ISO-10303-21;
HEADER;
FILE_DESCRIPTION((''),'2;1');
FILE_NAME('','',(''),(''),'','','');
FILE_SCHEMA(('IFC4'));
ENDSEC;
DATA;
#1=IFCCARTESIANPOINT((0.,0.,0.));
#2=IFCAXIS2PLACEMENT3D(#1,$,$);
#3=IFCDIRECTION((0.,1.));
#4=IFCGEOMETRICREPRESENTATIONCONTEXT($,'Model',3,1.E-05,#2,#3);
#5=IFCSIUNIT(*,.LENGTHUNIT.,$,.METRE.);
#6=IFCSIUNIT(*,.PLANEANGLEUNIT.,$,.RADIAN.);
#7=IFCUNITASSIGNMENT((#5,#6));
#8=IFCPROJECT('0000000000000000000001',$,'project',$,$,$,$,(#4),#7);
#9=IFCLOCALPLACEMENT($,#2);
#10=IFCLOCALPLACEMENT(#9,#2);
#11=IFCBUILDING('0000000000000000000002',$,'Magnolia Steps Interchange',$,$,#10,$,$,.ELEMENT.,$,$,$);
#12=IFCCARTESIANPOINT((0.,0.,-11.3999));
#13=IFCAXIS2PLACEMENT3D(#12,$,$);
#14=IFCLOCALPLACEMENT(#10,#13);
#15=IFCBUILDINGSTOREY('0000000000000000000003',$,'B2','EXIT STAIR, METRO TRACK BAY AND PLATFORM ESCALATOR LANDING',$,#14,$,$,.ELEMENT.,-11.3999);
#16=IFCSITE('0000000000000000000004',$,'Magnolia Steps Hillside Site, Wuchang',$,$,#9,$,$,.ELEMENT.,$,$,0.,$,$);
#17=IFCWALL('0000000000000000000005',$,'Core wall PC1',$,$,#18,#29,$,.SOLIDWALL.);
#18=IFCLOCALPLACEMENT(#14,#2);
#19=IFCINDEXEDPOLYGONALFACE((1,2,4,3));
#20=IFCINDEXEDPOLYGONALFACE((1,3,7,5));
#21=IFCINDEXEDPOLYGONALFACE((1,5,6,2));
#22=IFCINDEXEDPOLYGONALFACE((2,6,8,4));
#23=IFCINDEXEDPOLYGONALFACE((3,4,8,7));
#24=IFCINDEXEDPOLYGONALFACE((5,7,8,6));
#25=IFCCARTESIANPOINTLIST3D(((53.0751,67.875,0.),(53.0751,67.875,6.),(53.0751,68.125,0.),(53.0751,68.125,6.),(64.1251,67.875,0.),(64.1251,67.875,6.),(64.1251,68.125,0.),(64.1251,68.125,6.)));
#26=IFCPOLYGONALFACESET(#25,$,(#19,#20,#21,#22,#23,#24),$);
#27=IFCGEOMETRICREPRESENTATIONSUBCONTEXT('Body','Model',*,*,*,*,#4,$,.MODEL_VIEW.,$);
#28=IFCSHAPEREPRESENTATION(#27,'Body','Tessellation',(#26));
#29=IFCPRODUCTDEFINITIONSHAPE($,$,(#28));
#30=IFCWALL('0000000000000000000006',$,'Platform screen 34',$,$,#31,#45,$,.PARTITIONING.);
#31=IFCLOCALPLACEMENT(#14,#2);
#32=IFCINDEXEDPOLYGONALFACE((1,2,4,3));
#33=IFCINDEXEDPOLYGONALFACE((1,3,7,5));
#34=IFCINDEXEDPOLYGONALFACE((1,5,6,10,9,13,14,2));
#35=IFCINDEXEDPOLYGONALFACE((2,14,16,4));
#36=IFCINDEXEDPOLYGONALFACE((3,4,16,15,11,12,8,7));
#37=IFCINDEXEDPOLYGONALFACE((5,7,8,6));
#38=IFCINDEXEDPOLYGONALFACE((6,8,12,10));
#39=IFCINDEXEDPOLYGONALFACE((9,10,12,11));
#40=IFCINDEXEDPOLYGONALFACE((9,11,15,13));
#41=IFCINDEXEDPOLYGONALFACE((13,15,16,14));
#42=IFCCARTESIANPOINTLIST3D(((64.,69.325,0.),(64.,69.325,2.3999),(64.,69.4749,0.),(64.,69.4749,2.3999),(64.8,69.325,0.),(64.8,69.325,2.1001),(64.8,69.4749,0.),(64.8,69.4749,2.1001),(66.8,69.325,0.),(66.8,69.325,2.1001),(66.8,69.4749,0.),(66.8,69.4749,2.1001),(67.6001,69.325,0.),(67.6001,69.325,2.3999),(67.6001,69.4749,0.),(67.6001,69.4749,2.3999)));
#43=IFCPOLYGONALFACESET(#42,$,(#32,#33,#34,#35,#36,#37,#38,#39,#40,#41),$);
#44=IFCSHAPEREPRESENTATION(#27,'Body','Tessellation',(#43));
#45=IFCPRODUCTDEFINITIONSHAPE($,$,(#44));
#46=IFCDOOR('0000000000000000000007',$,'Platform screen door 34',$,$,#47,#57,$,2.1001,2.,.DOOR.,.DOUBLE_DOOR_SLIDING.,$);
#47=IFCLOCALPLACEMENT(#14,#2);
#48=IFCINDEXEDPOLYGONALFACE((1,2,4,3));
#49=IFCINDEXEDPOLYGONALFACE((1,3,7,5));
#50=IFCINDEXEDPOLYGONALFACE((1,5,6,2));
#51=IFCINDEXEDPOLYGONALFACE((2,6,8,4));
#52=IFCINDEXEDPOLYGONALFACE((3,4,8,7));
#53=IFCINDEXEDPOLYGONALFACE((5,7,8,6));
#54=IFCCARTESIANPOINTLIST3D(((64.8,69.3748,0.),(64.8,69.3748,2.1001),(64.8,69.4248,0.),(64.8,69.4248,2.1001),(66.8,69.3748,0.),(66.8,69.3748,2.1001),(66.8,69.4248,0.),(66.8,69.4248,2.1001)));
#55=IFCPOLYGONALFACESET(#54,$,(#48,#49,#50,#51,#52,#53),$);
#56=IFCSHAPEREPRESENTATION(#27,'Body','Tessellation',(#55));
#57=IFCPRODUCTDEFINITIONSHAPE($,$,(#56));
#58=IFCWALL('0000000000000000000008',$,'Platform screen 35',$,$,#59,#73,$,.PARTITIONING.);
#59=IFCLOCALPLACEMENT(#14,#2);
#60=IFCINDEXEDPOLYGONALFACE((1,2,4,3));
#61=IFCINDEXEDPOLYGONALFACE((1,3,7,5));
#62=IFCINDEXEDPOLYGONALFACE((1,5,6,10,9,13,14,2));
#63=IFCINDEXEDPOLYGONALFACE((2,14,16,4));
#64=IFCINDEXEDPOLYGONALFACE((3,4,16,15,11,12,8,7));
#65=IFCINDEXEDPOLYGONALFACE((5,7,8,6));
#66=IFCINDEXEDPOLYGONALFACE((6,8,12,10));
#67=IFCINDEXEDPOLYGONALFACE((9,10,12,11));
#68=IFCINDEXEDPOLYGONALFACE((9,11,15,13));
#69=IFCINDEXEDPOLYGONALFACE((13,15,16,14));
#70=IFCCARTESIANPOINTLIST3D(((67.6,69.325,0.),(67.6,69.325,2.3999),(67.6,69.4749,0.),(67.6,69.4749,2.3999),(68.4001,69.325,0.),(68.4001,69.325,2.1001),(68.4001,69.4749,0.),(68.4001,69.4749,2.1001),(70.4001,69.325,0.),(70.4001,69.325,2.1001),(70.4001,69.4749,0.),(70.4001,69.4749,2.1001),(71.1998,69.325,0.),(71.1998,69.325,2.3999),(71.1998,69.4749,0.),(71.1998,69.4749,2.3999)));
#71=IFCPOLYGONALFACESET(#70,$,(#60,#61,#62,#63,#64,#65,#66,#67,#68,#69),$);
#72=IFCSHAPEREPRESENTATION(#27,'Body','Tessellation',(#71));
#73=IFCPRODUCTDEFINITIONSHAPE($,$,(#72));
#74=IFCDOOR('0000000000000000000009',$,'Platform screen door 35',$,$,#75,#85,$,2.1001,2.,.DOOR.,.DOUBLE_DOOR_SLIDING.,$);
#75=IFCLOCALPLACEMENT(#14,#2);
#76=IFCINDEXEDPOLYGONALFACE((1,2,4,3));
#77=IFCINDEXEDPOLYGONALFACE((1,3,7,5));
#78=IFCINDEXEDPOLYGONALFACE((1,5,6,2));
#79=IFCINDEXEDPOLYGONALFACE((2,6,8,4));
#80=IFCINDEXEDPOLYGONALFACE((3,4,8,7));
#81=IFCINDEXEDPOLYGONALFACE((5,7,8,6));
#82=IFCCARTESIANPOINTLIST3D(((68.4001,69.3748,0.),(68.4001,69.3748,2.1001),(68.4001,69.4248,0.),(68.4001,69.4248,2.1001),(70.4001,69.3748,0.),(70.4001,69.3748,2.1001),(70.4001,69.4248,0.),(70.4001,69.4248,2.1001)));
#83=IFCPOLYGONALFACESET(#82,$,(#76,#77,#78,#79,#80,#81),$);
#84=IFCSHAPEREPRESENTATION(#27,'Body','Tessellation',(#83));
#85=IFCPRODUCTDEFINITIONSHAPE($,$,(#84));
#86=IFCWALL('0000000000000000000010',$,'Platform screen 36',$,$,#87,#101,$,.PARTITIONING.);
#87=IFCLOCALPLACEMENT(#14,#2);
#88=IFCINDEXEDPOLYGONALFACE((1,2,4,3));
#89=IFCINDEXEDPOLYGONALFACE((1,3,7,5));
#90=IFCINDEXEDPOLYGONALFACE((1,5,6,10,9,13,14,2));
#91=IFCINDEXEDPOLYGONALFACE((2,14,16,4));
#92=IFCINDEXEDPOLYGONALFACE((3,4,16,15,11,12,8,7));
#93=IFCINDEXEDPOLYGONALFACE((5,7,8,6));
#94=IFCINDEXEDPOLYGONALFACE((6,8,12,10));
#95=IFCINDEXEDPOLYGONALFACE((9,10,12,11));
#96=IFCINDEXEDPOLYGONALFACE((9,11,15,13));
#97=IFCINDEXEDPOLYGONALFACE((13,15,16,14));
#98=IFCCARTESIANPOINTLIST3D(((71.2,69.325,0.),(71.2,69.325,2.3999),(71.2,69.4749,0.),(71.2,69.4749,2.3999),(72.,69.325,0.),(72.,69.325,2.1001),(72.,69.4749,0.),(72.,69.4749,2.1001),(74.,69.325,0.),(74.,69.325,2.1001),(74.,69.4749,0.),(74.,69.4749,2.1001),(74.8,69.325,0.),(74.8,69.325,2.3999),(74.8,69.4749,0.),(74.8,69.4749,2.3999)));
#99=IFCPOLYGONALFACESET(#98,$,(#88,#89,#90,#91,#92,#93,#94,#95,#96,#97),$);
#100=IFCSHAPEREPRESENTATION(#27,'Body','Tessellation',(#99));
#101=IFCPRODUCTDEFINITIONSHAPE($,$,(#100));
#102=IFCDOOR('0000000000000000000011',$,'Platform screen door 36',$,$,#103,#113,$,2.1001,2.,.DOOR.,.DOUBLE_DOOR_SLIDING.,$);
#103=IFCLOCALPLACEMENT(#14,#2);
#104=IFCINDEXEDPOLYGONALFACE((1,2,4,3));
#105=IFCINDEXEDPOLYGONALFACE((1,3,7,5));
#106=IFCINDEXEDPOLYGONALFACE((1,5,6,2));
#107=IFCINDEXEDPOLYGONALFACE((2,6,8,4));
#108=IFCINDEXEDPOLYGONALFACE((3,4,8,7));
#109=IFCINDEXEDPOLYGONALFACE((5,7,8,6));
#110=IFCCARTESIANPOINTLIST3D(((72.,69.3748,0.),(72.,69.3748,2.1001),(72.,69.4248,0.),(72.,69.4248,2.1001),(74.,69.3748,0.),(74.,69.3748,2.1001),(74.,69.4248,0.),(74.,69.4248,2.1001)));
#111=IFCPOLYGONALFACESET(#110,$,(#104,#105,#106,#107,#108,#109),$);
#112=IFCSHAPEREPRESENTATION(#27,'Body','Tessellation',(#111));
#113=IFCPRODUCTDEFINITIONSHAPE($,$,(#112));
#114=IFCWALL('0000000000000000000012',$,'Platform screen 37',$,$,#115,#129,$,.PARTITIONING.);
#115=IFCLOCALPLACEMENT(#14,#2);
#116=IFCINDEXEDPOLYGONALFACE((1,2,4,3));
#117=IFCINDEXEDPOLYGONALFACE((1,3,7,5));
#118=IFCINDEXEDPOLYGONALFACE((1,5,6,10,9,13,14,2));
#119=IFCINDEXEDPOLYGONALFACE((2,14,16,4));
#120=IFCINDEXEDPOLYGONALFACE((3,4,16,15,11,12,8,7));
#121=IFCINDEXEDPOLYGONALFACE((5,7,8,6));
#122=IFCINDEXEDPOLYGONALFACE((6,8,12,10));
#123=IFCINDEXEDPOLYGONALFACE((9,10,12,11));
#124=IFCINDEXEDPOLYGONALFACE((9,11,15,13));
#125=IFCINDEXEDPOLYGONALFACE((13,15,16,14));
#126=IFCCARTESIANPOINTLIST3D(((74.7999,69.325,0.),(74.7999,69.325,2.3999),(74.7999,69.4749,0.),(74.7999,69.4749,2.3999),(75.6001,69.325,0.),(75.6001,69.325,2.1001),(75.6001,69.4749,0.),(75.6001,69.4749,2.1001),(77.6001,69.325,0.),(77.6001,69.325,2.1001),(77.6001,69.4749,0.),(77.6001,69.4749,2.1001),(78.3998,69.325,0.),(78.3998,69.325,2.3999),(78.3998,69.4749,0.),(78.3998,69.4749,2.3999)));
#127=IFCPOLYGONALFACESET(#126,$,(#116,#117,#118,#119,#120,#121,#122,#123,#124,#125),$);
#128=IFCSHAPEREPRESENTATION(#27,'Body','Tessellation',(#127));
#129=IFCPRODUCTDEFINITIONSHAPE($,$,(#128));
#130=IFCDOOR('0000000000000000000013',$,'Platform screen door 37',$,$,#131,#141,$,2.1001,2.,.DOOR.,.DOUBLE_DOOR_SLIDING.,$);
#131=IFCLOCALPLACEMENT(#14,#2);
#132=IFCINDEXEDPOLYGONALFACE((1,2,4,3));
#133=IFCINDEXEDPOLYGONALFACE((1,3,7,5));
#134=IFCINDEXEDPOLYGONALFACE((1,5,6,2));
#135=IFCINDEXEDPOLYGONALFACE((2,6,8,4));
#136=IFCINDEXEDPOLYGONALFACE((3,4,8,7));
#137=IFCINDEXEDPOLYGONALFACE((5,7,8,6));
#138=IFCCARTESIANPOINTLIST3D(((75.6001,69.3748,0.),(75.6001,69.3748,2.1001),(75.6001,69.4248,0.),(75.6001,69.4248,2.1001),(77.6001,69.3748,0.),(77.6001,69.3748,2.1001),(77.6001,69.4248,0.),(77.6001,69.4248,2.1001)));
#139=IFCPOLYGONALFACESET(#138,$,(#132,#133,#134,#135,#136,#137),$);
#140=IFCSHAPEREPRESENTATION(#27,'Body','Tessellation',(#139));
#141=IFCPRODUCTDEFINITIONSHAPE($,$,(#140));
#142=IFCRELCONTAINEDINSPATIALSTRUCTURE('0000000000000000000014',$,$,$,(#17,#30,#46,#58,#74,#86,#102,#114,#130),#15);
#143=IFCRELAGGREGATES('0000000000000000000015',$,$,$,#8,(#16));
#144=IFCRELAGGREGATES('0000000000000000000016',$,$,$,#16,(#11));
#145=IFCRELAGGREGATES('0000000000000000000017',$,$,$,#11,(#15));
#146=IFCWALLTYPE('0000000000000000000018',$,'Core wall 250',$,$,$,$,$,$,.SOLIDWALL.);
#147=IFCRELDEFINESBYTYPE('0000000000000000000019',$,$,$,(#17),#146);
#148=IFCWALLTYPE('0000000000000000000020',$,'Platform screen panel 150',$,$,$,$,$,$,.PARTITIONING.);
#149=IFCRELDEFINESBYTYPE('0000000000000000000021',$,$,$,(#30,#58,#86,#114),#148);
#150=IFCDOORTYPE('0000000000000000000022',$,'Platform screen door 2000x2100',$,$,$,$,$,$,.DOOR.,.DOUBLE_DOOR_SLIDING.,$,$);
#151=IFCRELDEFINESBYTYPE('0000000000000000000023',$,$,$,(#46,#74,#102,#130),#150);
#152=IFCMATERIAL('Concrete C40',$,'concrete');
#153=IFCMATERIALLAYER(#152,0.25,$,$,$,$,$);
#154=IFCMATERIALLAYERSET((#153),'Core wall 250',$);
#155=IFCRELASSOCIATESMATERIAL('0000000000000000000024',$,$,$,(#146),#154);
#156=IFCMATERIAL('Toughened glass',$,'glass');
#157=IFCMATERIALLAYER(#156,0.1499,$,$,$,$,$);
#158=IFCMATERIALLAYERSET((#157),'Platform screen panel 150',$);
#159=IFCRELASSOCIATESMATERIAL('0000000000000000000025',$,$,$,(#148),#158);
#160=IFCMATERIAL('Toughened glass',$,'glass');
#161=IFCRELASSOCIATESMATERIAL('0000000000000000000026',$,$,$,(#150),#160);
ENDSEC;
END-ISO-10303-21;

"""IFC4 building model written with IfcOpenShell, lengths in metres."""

from ifc_helpers import new_model, si_unit, direction, frame, frame_2d, origin, place, context, subcontext, project, spatial, rectangle, extrude, material, layer, layer_set, type_object, element, fill, save


model = new_model("IFC4")

# Units and contexts
model_context = context("Model", 3, precision=1e-05, world=origin(), true_north=direction((0.0, 1.0)))
body_context = subcontext(model_context, "Body", "Model", "MODEL_VIEW")
ifc_project = project(units=[si_unit("LENGTHUNIT", "METRE"), si_unit("PLANEANGLEUNIT", "RADIAN")], contexts=[model_context])

# Site, building, storey
site_placement = place(None, origin())
site = spatial("IfcSite", under=ifc_project, at=site_placement, Name="Magnolia Steps Hillside Site, Wuchang", CompositionType="ELEMENT", RefElevation=0.0)
building_placement = place(site_placement, origin())
building = spatial("IfcBuilding", under=site, at=building_placement, Name="Magnolia Steps Interchange", CompositionType="ELEMENT")
storey_placement = place(building_placement, frame((0.0, 0.0, -11.3999)))
storey = spatial("IfcBuildingStorey", under=building, at=storey_placement, Name="B2", Description="EXIT STAIR, METRO TRACK BAY AND PLATFORM ESCALATOR LANDING", CompositionType="ELEMENT", Elevation=-11.3999)

# Shared definitions
ifc_material_1 = material(Name="Concrete C40", Category="concrete")
ifc_layer_1 = layer(ifc_material_1, 0.25)
ifc_layer_set_1 = layer_set([ifc_layer_1], Name="Core wall 250")
wall_type_1 = type_object("IfcWallType", Name="Core wall 250", PredefinedType="SOLIDWALL", material=ifc_layer_set_1)

# Wall
wall_1_placement = place(storey_placement, frame((64.125, 68.0, 0.0), z_axis=(0.0, 0.0, 1.0), x_axis=(-1.0, 0.0, 0.0)))
element("IfcWall", 1, at=wall_1_placement, inside=storey, type_object=wall_type_1, Name="Core wall PC1", PredefinedType="SOLIDWALL", context=body_context, shape_type="SweptSolid", body=[
    extrude(rectangle(XDim=11.05, YDim=0.25, at=frame_2d((5.5249, 0.0))), origin(), (0.0, 0.0, 1.0), 6.0),
])

# Walls, openings, doors
ifc_material_2 = material(Name="Toughened glass", Category="glass")
ifc_layer_2 = layer(ifc_material_2, 0.1499)
ifc_layer_set_2 = layer_set([ifc_layer_2], Name="Platform screen panel 150")
wall_type_2 = type_object("IfcWallType", Name="Platform screen panel 150", PredefinedType="PARTITIONING", material=ifc_layer_set_2)
wall_2_placement = place(storey_placement, frame((64.0, 69.3999, 0.0), z_axis=(0.0, 0.0, 1.0), x_axis=(1.0, 0.0, 0.0)))
wall_2 = element("IfcWall", 2, at=wall_2_placement, inside=storey, type_object=wall_type_2, Name="Platform screen 34", PredefinedType="PARTITIONING", context=body_context, shape_type="SweptSolid", body=[
    extrude(rectangle(XDim=3.6001, YDim=0.1499, at=frame_2d((1.8, 0.0))), origin(), (0.0, 0.0, 1.0), 2.3999),
])
opening_1_placement = place(wall_2_placement, frame((0.8, 0.0, 0.0)))
opening_1 = element("IfcOpeningElement", 3, at=opening_1_placement, cuts=wall_2, PredefinedType="OPENING", context=body_context, shape_type="SweptSolid", body=[
    extrude(rectangle(XDim=2.0, YDim=2.1001, at=frame_2d((1.0, 1.05))), frame((0.0, 0.085, 0.0), z_axis=(0.0, -1.0, 0.0), x_axis=(1.0, 0.0, 0.0)), (0.0, 0.0, 1.0), 0.1699),
])
ifc_material_3 = material(Name="Toughened glass", Category="glass")
door_type_1 = type_object("IfcDoorType", Name="Platform screen door 2000x2100", OperationType="DOUBLE_DOOR_SLIDING", PredefinedType="DOOR", material=ifc_material_3)
door_1_placement = place(opening_1_placement, origin())
door_1 = element("IfcDoor", 4, at=door_1_placement, inside=storey, type_object=door_type_1, Name="Platform screen door 34", OperationType="DOUBLE_DOOR_SLIDING", OverallHeight=2.1001, OverallWidth=2.0, PredefinedType="DOOR", context=body_context, shape_type="SweptSolid", body=[
    extrude(rectangle(XDim=2.0, YDim=2.1001, at=frame_2d((1.0, 1.05))), frame((0.0, 0.0249, 0.0), z_axis=(0.0, -1.0, 0.0), x_axis=(1.0, 0.0, 0.0)), (0.0, 0.0, 1.0), 0.05),
])
fill(opening_1, door_1)
wall_3_placement = place(storey_placement, frame((67.6001, 69.3999, 0.0), z_axis=(0.0, 0.0, 1.0), x_axis=(1.0, 0.0, 0.0)))
wall_3 = element("IfcWall", 5, at=wall_3_placement, inside=storey, type_object=wall_type_2, Name="Platform screen 35", PredefinedType="PARTITIONING", context=body_context, shape_type="SweptSolid", body=[
    extrude(rectangle(XDim=3.5999, YDim=0.1499, at=frame_2d((1.7998, 0.0))), origin(), (0.0, 0.0, 1.0), 2.3999),
])
opening_2_placement = place(wall_3_placement, frame((0.8, 0.0, 0.0)))
opening_2 = element("IfcOpeningElement", 6, at=opening_2_placement, cuts=wall_3, PredefinedType="OPENING", context=body_context, shape_type="SweptSolid", body=[
    extrude(rectangle(XDim=2.0, YDim=2.1001, at=frame_2d((1.0, 1.05))), frame((0.0, 0.085, 0.0), z_axis=(0.0, -1.0, 0.0), x_axis=(1.0, 0.0, 0.0)), (0.0, 0.0, 1.0), 0.1699),
])
door_2_placement = place(opening_2_placement, origin())
door_2 = element("IfcDoor", 7, at=door_2_placement, inside=storey, type_object=door_type_1, Name="Platform screen door 35", OperationType="DOUBLE_DOOR_SLIDING", OverallHeight=2.1001, OverallWidth=2.0, PredefinedType="DOOR", context=body_context, shape_type="SweptSolid", body=[
    extrude(rectangle(XDim=2.0, YDim=2.1001, at=frame_2d((1.0, 1.05))), frame((0.0, 0.0249, 0.0), z_axis=(0.0, -1.0, 0.0), x_axis=(1.0, 0.0, 0.0)), (0.0, 0.0, 1.0), 0.05),
])
fill(opening_2, door_2)
wall_4_placement = place(storey_placement, frame((71.2, 69.3999, 0.0), z_axis=(0.0, 0.0, 1.0), x_axis=(1.0, 0.0, 0.0)))
wall_4 = element("IfcWall", 8, at=wall_4_placement, inside=storey, type_object=wall_type_2, Name="Platform screen 36", PredefinedType="PARTITIONING", context=body_context, shape_type="SweptSolid", body=[
    extrude(rectangle(XDim=3.6001, YDim=0.1499, at=frame_2d((1.8, 0.0))), origin(), (0.0, 0.0, 1.0), 2.3999),
])
opening_3_placement = place(wall_4_placement, frame((0.8, 0.0, 0.0)))
opening_3 = element("IfcOpeningElement", 9, at=opening_3_placement, cuts=wall_4, PredefinedType="OPENING", context=body_context, shape_type="SweptSolid", body=[
    extrude(rectangle(XDim=2.0, YDim=2.1001, at=frame_2d((1.0, 1.05))), frame((0.0, 0.085, 0.0), z_axis=(0.0, -1.0, 0.0), x_axis=(1.0, 0.0, 0.0)), (0.0, 0.0, 1.0), 0.1699),
])
door_3_placement = place(opening_3_placement, origin())
door_3 = element("IfcDoor", 10, at=door_3_placement, inside=storey, type_object=door_type_1, Name="Platform screen door 36", OperationType="DOUBLE_DOOR_SLIDING", OverallHeight=2.1001, OverallWidth=2.0, PredefinedType="DOOR", context=body_context, shape_type="SweptSolid", body=[
    extrude(rectangle(XDim=2.0, YDim=2.1001, at=frame_2d((1.0, 1.05))), frame((0.0, 0.0249, 0.0), z_axis=(0.0, -1.0, 0.0), x_axis=(1.0, 0.0, 0.0)), (0.0, 0.0, 1.0), 0.05),
])
fill(opening_3, door_3)
wall_5_placement = place(storey_placement, frame((74.8, 69.3999, 0.0), z_axis=(0.0, 0.0, 1.0), x_axis=(1.0, 0.0, 0.0)))
wall_5 = element("IfcWall", 11, at=wall_5_placement, inside=storey, type_object=wall_type_2, Name="Platform screen 37", PredefinedType="PARTITIONING", context=body_context, shape_type="SweptSolid", body=[
    extrude(rectangle(XDim=3.5999, YDim=0.1499, at=frame_2d((1.7998, 0.0))), origin(), (0.0, 0.0, 1.0), 2.3999),
])
opening_4_placement = place(wall_5_placement, frame((0.8, 0.0, 0.0)))
opening_4 = element("IfcOpeningElement", 12, at=opening_4_placement, cuts=wall_5, PredefinedType="OPENING", context=body_context, shape_type="SweptSolid", body=[
    extrude(rectangle(XDim=2.0, YDim=2.1001, at=frame_2d((1.0, 1.05))), frame((0.0, 0.085, 0.0), z_axis=(0.0, -1.0, 0.0), x_axis=(1.0, 0.0, 0.0)), (0.0, 0.0, 1.0), 0.1699),
])
door_4_placement = place(opening_4_placement, origin())
door_4 = element("IfcDoor", 13, at=door_4_placement, inside=storey, type_object=door_type_1, Name="Platform screen door 37", OperationType="DOUBLE_DOOR_SLIDING", OverallHeight=2.1001, OverallWidth=2.0, PredefinedType="DOOR", context=body_context, shape_type="SweptSolid", body=[
    extrude(rectangle(XDim=2.0, YDim=2.1001, at=frame_2d((1.0, 1.05))), frame((0.0, 0.0249, 0.0), z_axis=(0.0, -1.0, 0.0), x_axis=(1.0, 0.0, 0.0)), (0.0, 0.0, 1.0), 0.05),
])
fill(opening_4, door_4)

save(model, "model.ifc")
